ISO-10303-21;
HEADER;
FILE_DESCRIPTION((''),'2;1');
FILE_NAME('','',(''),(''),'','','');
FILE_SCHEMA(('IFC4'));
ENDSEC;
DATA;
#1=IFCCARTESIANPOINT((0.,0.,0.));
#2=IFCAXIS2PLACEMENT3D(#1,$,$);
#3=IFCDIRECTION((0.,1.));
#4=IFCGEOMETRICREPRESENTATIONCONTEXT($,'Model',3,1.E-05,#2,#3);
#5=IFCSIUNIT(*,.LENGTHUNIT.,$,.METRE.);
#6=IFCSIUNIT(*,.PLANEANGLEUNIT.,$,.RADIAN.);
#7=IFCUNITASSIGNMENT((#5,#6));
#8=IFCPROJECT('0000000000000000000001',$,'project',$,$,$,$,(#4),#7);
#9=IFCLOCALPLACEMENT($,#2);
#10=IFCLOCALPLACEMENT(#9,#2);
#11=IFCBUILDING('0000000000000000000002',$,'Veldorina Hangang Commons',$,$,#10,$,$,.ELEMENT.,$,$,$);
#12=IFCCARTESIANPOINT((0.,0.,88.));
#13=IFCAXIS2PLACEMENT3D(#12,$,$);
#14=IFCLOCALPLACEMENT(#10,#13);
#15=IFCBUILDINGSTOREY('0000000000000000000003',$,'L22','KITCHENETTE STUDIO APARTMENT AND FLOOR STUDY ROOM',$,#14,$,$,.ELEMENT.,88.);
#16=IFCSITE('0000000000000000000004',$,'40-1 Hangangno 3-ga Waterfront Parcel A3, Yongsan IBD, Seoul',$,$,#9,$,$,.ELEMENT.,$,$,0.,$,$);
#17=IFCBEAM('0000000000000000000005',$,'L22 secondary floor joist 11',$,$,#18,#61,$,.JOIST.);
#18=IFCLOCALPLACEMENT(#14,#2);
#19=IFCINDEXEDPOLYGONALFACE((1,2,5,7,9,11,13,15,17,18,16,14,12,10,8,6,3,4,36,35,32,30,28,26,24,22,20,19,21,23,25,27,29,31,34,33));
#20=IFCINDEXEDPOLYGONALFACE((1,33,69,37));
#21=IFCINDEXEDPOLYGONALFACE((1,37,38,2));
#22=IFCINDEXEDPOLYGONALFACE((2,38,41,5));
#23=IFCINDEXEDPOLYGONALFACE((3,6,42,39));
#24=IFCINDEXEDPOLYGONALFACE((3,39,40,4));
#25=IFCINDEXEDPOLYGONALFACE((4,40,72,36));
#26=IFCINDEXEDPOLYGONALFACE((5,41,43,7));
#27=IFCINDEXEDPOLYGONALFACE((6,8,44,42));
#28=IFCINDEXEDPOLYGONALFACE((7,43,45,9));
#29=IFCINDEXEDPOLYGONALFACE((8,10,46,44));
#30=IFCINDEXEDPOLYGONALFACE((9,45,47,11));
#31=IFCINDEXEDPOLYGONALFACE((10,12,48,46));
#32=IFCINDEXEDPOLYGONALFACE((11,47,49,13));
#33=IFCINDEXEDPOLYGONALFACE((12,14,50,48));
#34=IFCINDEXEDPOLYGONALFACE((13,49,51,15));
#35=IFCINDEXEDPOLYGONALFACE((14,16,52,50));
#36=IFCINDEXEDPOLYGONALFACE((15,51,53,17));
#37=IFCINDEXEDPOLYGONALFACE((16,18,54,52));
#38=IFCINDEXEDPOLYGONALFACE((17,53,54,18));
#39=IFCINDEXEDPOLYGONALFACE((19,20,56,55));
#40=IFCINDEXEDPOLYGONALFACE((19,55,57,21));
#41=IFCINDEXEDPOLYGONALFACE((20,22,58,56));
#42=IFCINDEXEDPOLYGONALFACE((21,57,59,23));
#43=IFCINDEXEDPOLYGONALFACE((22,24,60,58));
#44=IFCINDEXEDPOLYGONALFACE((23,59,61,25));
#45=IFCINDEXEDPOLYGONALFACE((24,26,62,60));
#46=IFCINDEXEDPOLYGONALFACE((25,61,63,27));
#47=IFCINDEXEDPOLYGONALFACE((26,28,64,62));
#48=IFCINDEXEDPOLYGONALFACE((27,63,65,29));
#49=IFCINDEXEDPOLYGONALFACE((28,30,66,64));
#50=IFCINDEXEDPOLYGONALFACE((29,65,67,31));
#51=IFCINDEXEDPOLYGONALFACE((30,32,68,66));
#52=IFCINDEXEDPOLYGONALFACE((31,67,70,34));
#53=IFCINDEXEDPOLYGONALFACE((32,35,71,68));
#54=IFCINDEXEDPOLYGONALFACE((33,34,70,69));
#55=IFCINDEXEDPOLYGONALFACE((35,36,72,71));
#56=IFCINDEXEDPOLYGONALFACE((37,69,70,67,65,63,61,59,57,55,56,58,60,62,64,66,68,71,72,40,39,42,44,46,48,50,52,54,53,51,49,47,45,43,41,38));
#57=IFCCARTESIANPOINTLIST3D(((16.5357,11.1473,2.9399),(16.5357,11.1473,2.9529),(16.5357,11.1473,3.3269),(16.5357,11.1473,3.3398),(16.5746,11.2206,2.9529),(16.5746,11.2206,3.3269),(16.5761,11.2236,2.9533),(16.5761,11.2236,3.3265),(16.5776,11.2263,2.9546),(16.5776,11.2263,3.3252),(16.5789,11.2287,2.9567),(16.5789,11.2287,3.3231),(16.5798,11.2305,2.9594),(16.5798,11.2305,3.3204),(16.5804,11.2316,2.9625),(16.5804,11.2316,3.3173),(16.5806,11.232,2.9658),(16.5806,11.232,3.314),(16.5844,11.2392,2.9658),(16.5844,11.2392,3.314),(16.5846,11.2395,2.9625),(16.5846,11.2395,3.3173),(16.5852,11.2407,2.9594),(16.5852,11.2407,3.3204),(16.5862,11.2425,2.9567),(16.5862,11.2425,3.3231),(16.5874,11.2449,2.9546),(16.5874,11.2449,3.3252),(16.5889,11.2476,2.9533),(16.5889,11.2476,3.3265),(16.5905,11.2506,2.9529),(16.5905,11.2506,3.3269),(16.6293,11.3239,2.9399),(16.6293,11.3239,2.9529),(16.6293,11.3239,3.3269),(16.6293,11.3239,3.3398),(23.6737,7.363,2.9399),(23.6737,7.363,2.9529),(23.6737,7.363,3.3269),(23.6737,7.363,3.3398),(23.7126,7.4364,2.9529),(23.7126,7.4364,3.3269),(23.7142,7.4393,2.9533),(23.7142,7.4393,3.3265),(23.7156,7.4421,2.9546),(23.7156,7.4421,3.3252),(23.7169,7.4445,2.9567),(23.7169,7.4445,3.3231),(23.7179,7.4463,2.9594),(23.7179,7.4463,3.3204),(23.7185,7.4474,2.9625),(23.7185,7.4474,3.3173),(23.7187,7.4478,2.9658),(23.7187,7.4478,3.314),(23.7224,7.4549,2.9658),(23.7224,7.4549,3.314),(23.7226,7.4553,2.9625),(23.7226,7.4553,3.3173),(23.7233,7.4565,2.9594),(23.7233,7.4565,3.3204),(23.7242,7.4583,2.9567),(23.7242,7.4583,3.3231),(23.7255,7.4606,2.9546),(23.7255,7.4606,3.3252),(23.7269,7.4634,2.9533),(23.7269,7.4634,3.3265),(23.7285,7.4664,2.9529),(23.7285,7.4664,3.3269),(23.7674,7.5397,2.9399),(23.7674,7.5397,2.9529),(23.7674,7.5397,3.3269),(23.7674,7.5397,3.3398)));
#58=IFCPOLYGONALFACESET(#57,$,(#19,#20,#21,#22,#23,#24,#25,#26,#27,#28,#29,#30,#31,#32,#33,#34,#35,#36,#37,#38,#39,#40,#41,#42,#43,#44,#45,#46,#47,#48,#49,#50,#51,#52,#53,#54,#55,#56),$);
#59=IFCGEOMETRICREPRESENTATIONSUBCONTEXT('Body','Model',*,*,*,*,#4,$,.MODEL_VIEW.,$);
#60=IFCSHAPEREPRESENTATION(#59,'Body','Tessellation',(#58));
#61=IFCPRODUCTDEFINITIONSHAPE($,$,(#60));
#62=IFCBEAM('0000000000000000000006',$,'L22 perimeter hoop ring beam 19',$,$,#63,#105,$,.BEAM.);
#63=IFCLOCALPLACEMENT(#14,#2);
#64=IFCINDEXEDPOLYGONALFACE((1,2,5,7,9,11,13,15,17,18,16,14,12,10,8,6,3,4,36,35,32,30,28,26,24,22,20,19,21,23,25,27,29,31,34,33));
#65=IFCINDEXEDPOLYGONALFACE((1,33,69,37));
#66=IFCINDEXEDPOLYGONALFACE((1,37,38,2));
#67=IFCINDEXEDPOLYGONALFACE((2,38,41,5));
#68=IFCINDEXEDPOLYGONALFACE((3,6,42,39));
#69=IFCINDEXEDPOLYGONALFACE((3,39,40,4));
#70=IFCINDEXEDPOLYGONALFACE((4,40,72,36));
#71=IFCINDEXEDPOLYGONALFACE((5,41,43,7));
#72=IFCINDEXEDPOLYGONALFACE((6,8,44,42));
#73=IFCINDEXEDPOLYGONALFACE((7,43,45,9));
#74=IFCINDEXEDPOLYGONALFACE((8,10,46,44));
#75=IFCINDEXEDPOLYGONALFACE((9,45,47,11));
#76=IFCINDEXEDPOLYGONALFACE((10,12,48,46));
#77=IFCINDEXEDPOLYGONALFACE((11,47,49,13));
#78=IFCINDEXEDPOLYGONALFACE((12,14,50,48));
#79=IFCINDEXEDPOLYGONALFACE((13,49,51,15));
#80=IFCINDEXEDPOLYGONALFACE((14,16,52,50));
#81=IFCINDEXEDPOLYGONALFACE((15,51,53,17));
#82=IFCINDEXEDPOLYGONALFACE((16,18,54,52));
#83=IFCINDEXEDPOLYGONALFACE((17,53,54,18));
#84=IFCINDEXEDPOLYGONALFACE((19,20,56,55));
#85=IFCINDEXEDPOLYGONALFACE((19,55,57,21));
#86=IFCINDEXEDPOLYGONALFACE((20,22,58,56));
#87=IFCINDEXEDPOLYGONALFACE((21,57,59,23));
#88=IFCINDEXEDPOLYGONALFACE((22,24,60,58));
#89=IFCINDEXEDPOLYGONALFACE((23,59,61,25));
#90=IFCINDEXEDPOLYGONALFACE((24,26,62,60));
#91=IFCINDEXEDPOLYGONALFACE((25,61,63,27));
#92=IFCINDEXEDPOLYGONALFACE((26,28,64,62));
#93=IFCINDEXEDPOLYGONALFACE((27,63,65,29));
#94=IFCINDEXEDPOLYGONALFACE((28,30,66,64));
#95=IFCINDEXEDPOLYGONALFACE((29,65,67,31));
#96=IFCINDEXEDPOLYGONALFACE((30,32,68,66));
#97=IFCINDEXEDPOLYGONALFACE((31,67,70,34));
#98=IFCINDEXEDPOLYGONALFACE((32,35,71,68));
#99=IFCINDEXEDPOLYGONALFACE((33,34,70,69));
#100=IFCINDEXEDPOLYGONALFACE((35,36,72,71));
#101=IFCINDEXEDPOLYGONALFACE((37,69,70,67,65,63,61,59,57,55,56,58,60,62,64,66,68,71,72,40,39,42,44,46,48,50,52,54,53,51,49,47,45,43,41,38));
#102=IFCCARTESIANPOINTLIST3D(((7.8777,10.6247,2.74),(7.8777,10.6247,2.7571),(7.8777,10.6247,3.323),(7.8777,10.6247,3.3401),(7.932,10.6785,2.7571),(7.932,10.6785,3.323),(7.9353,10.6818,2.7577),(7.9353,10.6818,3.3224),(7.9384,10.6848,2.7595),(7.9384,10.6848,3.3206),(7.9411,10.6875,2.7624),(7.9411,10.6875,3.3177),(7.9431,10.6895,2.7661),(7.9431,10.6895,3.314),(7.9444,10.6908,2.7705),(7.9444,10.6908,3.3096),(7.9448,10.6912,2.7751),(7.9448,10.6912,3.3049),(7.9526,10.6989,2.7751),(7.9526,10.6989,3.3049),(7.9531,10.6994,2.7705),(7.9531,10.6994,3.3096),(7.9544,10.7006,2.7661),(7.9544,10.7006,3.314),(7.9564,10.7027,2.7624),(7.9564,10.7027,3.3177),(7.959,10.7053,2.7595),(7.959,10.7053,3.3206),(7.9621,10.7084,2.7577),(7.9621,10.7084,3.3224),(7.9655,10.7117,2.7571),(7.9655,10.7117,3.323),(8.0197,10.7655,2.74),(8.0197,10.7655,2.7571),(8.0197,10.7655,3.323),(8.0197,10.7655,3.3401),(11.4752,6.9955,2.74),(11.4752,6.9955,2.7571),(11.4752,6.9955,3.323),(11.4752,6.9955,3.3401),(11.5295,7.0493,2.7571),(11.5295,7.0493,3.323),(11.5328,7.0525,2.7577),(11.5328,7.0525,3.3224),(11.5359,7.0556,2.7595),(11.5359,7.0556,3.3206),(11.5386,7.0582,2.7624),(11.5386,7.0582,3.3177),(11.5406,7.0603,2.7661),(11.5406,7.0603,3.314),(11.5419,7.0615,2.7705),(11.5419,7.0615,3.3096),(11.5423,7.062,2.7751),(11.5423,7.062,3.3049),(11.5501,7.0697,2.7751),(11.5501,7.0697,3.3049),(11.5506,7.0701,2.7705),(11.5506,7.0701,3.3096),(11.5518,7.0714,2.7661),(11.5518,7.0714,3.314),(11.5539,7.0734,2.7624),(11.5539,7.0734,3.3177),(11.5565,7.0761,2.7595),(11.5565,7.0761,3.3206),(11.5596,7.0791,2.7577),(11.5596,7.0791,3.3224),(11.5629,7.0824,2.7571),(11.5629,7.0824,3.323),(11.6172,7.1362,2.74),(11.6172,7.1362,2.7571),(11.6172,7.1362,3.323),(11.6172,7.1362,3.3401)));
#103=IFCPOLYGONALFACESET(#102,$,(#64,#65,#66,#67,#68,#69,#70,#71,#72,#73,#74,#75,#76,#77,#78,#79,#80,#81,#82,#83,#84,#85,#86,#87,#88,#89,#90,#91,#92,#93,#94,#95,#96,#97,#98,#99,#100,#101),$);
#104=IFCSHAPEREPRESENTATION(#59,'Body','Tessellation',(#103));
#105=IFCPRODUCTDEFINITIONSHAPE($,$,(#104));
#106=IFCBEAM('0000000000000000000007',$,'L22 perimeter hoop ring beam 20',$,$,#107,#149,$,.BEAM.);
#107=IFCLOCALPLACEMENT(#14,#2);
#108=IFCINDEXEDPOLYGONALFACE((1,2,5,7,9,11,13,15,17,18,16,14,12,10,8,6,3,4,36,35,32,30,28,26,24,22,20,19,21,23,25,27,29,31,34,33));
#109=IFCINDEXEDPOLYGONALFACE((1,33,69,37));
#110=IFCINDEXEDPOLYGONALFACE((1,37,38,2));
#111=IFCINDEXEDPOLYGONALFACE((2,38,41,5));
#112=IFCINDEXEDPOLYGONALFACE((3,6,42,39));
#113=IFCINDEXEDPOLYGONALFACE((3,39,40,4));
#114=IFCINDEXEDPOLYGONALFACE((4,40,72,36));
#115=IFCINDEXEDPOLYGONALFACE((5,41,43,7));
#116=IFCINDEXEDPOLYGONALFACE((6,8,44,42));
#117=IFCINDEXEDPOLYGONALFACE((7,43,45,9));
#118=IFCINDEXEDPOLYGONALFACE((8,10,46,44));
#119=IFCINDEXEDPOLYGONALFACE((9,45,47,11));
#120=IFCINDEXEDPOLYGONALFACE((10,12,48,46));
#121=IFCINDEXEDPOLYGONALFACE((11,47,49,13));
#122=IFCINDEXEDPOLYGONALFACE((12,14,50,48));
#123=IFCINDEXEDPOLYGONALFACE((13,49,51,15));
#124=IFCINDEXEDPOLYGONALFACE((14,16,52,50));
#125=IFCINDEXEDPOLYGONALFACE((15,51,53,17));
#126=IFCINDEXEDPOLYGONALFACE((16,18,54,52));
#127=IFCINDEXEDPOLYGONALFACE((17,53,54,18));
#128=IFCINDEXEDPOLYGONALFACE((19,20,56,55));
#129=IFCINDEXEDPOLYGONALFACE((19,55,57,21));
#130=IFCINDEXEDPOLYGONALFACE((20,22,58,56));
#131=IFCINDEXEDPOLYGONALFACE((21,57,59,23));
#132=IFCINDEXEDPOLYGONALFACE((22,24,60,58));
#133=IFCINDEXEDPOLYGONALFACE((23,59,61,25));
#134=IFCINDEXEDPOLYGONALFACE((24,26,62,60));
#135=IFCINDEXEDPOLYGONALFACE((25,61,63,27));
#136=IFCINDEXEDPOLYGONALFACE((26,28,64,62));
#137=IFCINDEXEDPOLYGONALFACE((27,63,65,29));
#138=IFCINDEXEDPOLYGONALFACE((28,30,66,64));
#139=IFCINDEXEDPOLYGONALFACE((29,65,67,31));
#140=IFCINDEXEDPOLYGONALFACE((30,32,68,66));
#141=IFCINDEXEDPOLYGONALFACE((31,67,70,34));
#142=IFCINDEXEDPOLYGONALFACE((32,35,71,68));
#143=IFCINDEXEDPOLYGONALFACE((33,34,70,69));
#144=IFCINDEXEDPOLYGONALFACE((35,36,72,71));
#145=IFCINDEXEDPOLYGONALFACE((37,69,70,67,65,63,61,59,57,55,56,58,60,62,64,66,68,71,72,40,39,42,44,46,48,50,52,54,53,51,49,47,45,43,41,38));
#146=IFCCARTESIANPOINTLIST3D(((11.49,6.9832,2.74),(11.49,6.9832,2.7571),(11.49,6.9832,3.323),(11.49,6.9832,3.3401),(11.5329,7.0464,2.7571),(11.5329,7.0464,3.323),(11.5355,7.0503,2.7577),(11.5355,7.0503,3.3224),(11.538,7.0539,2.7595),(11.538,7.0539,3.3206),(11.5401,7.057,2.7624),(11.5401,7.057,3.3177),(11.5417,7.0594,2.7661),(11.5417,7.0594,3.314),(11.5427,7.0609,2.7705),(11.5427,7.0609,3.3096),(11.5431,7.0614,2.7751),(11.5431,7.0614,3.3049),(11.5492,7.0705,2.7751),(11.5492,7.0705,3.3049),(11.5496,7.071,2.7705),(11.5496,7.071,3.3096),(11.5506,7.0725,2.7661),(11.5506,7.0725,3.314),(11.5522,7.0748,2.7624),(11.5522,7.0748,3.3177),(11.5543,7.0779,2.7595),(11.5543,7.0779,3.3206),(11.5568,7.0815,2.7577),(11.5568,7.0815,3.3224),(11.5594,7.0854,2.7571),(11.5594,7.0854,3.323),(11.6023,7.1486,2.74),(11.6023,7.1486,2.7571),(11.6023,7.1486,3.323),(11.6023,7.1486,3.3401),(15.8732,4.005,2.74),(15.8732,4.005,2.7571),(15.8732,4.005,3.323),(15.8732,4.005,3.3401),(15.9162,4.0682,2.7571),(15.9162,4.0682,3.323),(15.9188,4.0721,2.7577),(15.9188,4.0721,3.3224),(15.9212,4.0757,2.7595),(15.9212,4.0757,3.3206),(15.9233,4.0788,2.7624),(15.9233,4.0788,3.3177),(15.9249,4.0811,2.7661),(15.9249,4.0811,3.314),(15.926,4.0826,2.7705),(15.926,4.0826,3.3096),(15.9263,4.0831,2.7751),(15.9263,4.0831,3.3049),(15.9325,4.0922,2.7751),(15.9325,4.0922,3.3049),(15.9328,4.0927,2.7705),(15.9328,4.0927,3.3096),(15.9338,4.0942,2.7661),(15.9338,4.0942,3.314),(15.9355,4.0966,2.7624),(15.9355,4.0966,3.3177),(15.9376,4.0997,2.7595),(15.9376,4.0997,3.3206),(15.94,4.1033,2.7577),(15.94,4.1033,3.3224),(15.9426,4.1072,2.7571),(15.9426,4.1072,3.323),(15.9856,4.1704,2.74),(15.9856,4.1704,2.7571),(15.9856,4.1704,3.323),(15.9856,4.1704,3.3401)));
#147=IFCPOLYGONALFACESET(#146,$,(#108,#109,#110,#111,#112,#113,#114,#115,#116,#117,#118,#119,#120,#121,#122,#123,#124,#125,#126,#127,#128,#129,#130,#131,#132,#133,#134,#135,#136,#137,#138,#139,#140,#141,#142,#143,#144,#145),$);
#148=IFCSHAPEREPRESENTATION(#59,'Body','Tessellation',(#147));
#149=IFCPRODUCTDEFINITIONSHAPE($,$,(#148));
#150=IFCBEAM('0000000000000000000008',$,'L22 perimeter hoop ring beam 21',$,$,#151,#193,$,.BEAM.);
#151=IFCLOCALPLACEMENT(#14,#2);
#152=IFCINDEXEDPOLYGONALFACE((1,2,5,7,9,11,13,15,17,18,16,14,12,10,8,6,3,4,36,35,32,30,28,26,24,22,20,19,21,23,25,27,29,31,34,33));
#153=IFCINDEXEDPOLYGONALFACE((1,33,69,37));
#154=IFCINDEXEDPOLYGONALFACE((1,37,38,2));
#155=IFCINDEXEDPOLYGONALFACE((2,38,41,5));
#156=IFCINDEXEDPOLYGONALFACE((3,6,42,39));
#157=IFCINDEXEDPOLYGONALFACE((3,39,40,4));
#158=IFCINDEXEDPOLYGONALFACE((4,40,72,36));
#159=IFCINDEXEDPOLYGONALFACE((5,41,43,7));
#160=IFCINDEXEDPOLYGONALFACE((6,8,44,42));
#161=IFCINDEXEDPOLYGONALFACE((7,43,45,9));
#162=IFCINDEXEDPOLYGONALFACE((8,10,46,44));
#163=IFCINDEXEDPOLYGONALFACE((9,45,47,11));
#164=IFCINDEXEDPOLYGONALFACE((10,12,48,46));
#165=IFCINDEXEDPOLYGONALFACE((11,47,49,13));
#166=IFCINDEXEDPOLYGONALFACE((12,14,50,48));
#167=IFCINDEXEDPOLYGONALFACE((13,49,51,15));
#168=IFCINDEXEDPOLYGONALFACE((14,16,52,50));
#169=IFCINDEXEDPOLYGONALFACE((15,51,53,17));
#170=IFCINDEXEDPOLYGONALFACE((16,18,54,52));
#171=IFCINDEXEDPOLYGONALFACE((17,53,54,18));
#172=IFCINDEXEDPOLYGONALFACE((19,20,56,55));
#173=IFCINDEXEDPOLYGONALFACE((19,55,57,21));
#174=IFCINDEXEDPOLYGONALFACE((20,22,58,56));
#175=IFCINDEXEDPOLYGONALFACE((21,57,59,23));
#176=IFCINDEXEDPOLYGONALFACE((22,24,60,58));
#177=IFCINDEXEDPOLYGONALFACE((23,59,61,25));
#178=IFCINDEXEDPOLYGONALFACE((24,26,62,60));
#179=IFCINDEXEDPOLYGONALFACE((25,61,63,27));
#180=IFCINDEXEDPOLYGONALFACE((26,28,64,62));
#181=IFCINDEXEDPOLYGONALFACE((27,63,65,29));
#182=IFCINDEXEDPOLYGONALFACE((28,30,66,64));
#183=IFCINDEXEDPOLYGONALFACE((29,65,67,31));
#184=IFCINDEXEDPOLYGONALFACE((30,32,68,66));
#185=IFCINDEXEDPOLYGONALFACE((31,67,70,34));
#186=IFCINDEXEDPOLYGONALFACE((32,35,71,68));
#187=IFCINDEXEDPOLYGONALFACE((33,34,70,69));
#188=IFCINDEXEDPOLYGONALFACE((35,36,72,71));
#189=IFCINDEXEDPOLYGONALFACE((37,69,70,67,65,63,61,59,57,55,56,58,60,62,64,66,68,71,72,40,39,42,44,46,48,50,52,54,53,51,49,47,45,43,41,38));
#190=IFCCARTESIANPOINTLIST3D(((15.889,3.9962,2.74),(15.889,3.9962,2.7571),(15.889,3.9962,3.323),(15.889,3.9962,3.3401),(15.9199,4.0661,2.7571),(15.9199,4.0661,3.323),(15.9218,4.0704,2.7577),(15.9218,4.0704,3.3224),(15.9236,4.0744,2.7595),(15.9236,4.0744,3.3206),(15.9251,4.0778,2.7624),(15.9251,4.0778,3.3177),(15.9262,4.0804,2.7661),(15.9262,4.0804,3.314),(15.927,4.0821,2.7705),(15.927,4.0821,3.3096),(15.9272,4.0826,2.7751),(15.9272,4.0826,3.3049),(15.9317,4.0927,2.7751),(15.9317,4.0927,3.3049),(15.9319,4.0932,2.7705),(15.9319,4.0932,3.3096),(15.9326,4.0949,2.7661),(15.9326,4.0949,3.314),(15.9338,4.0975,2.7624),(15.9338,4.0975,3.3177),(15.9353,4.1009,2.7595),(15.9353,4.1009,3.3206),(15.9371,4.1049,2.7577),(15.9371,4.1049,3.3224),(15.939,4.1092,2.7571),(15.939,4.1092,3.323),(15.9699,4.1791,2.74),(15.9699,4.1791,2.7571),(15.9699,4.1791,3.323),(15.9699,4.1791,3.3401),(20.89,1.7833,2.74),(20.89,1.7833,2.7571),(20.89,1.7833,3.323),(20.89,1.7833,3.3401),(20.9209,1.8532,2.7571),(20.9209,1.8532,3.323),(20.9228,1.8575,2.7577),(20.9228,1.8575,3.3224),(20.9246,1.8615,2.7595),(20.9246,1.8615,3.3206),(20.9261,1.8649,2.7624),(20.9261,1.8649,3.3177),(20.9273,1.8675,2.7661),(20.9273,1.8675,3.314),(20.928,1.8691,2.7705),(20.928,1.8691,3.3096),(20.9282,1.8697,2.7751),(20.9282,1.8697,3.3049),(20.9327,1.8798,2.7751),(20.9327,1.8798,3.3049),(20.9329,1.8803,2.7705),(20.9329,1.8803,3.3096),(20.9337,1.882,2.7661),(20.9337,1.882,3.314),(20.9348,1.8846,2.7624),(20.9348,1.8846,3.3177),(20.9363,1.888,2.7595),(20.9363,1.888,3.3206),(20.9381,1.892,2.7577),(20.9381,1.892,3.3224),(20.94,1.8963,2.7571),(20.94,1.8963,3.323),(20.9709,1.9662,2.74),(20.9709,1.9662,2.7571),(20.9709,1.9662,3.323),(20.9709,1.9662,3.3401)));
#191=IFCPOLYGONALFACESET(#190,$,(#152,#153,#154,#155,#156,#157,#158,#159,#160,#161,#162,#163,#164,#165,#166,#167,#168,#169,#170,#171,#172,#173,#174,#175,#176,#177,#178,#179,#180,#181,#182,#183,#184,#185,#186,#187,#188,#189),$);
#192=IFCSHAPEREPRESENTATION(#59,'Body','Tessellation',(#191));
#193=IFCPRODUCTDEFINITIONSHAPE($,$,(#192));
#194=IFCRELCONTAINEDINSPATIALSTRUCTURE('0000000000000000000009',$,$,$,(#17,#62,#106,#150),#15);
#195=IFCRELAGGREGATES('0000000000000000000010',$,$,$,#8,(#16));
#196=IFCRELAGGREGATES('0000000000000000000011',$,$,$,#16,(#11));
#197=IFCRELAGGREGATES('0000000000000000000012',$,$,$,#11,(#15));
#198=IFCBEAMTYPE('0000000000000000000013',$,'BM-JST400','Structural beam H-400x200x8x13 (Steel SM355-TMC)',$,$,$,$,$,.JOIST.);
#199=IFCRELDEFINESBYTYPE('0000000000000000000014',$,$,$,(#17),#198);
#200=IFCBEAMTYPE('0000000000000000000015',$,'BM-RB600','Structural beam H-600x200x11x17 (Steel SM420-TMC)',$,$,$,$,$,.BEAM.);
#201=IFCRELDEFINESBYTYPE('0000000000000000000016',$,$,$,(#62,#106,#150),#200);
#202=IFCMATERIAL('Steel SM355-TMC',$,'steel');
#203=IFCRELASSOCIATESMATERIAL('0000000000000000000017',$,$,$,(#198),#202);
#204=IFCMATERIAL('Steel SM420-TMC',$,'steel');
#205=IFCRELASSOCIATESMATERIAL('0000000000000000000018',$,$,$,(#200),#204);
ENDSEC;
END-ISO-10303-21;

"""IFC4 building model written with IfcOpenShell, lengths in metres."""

from ifc_helpers import new_model, si_unit, direction, frame, origin, origin_2d, place, context, subcontext, project, spatial, i_section, extrude, material, material_profile, profile_set, type_object, element, save


model = new_model("IFC4")

# Units and contexts
model_context = context("Model", 3, precision=1e-05, world=origin(), true_north=direction((0.0, 1.0)))
body_context = subcontext(model_context, "Body", "Model", "MODEL_VIEW")
ifc_project = project(units=[si_unit("LENGTHUNIT", "METRE"), si_unit("PLANEANGLEUNIT", "RADIAN")], contexts=[model_context])

# Site, building, storey
site_placement = place(None, origin())
site = spatial("IfcSite", under=ifc_project, at=site_placement, Name="40-1 Hangangno 3-ga Waterfront Parcel A3, Yongsan IBD, Seoul", CompositionType="ELEMENT", RefElevation=0.0)
building_placement = place(site_placement, origin())
building = spatial("IfcBuilding", under=site, at=building_placement, Name="Veldorina Hangang Commons", CompositionType="ELEMENT")
storey_placement = place(building_placement, frame((0.0, 0.0, 88.0)))
storey = spatial("IfcBuildingStorey", under=building, at=storey_placement, Name="L22", Description="KITCHENETTE STUDIO APARTMENT AND FLOOR STUDY ROOM", CompositionType="ELEMENT", Elevation=88.0)

# Beams
ifc_material_1 = material(Name="Steel SM355-TMC", Category="steel")
ifc_material_profile_1 = material_profile(ifc_material_1, i_section(OverallWidth=0.2, OverallDepth=0.3999, WebThickness=0.0081, FlangeThickness=0.0129, FilletRadius=0.0129, at=origin_2d()), Name="H-400x200x8x13")
ifc_profile_set_1 = profile_set([ifc_material_profile_1], Name="Steel SM355-TMC")
beam_type_1 = type_object("IfcBeamType", Name="BM-JST400", Description="Structural beam H-400x200x8x13 (Steel SM355-TMC)", PredefinedType="JOIST", material=ifc_profile_set_1)
beam_1_placement = place(storey_placement, frame((16.5825, 11.2356, 3.1399), z_axis=(0.883518, -0.468397, 0.0), x_axis=(0.468397, 0.883518, 0.0)))
element("IfcBeam", 1, at=beam_1_placement, inside=storey, type_object=beam_type_1, Name="L22 secondary floor joist 11", PredefinedType="JOIST", context=body_context, shape_type="SweptSolid", body=[
    extrude(i_section(OverallWidth=0.2, OverallDepth=0.3999, WebThickness=0.0081, FlangeThickness=0.0129, FilletRadius=0.0129, at=origin_2d()), origin(), (0.0, 0.0, 1.0), 8.0791),
])
ifc_material_2 = material(Name="Steel SM420-TMC", Category="steel")
ifc_material_profile_2 = material_profile(ifc_material_2, i_section(OverallWidth=0.2, OverallDepth=0.6001, WebThickness=0.011, FlangeThickness=0.0171, FilletRadius=0.0181, at=origin_2d()), Name="H-600x200x11x17")
ifc_profile_set_2 = profile_set([ifc_material_profile_2], Name="Steel SM420-TMC")
beam_type_2 = type_object("IfcBeamType", Name="BM-RB600", Description="Structural beam H-600x200x11x17 (Steel SM420-TMC)", PredefinedType="BEAM", material=ifc_profile_set_2)
beam_2_placement = place(storey_placement, frame((7.9487, 10.6951, 3.04), z_axis=(0.703994, -0.710205, 0.0), x_axis=(0.710205, 0.703994, 0.0)))
element("IfcBeam", 2, at=beam_2_placement, inside=storey, type_object=beam_type_2, Name="L22 perimeter hoop ring beam 19", PredefinedType="BEAM", context=body_context, shape_type="SweptSolid", body=[
    extrude(i_section(OverallWidth=0.2, OverallDepth=0.6001, WebThickness=0.011, FlangeThickness=0.0171, FilletRadius=0.0181, at=origin_2d()), origin(), (0.0, 0.0, 1.0), 5.1101),
])
beam_3_placement = place(storey_placement, frame((11.5461, 7.0659, 3.04), z_axis=(0.827135, -0.562004, 0.0), x_axis=(0.562004, 0.827135, 0.0)))
element("IfcBeam", 3, at=beam_3_placement, inside=storey, type_object=beam_type_2, Name="L22 perimeter hoop ring beam 20", PredefinedType="BEAM", context=body_context, shape_type="SweptSolid", body=[
    extrude(i_section(OverallWidth=0.2, OverallDepth=0.6001, WebThickness=0.011, FlangeThickness=0.0171, FilletRadius=0.0181, at=origin_2d()), origin(), (0.0, 0.0, 1.0), 5.2993),
])
beam_4_placement = place(storey_placement, frame((15.9294, 4.0876, 3.04), z_axis=(0.914473, -0.404647, 0.0), x_axis=(0.404647, 0.914473, 0.0)))
element("IfcBeam", 4, at=beam_4_placement, inside=storey, type_object=beam_type_2, Name="L22 perimeter hoop ring beam 21", PredefinedType="BEAM", context=body_context, shape_type="SweptSolid", body=[
    extrude(i_section(OverallWidth=0.2, OverallDepth=0.6001, WebThickness=0.011, FlangeThickness=0.0171, FilletRadius=0.0181, at=origin_2d()), origin(), (0.0, 0.0, 1.0), 5.4688),
])

save(model, "model.ifc")
